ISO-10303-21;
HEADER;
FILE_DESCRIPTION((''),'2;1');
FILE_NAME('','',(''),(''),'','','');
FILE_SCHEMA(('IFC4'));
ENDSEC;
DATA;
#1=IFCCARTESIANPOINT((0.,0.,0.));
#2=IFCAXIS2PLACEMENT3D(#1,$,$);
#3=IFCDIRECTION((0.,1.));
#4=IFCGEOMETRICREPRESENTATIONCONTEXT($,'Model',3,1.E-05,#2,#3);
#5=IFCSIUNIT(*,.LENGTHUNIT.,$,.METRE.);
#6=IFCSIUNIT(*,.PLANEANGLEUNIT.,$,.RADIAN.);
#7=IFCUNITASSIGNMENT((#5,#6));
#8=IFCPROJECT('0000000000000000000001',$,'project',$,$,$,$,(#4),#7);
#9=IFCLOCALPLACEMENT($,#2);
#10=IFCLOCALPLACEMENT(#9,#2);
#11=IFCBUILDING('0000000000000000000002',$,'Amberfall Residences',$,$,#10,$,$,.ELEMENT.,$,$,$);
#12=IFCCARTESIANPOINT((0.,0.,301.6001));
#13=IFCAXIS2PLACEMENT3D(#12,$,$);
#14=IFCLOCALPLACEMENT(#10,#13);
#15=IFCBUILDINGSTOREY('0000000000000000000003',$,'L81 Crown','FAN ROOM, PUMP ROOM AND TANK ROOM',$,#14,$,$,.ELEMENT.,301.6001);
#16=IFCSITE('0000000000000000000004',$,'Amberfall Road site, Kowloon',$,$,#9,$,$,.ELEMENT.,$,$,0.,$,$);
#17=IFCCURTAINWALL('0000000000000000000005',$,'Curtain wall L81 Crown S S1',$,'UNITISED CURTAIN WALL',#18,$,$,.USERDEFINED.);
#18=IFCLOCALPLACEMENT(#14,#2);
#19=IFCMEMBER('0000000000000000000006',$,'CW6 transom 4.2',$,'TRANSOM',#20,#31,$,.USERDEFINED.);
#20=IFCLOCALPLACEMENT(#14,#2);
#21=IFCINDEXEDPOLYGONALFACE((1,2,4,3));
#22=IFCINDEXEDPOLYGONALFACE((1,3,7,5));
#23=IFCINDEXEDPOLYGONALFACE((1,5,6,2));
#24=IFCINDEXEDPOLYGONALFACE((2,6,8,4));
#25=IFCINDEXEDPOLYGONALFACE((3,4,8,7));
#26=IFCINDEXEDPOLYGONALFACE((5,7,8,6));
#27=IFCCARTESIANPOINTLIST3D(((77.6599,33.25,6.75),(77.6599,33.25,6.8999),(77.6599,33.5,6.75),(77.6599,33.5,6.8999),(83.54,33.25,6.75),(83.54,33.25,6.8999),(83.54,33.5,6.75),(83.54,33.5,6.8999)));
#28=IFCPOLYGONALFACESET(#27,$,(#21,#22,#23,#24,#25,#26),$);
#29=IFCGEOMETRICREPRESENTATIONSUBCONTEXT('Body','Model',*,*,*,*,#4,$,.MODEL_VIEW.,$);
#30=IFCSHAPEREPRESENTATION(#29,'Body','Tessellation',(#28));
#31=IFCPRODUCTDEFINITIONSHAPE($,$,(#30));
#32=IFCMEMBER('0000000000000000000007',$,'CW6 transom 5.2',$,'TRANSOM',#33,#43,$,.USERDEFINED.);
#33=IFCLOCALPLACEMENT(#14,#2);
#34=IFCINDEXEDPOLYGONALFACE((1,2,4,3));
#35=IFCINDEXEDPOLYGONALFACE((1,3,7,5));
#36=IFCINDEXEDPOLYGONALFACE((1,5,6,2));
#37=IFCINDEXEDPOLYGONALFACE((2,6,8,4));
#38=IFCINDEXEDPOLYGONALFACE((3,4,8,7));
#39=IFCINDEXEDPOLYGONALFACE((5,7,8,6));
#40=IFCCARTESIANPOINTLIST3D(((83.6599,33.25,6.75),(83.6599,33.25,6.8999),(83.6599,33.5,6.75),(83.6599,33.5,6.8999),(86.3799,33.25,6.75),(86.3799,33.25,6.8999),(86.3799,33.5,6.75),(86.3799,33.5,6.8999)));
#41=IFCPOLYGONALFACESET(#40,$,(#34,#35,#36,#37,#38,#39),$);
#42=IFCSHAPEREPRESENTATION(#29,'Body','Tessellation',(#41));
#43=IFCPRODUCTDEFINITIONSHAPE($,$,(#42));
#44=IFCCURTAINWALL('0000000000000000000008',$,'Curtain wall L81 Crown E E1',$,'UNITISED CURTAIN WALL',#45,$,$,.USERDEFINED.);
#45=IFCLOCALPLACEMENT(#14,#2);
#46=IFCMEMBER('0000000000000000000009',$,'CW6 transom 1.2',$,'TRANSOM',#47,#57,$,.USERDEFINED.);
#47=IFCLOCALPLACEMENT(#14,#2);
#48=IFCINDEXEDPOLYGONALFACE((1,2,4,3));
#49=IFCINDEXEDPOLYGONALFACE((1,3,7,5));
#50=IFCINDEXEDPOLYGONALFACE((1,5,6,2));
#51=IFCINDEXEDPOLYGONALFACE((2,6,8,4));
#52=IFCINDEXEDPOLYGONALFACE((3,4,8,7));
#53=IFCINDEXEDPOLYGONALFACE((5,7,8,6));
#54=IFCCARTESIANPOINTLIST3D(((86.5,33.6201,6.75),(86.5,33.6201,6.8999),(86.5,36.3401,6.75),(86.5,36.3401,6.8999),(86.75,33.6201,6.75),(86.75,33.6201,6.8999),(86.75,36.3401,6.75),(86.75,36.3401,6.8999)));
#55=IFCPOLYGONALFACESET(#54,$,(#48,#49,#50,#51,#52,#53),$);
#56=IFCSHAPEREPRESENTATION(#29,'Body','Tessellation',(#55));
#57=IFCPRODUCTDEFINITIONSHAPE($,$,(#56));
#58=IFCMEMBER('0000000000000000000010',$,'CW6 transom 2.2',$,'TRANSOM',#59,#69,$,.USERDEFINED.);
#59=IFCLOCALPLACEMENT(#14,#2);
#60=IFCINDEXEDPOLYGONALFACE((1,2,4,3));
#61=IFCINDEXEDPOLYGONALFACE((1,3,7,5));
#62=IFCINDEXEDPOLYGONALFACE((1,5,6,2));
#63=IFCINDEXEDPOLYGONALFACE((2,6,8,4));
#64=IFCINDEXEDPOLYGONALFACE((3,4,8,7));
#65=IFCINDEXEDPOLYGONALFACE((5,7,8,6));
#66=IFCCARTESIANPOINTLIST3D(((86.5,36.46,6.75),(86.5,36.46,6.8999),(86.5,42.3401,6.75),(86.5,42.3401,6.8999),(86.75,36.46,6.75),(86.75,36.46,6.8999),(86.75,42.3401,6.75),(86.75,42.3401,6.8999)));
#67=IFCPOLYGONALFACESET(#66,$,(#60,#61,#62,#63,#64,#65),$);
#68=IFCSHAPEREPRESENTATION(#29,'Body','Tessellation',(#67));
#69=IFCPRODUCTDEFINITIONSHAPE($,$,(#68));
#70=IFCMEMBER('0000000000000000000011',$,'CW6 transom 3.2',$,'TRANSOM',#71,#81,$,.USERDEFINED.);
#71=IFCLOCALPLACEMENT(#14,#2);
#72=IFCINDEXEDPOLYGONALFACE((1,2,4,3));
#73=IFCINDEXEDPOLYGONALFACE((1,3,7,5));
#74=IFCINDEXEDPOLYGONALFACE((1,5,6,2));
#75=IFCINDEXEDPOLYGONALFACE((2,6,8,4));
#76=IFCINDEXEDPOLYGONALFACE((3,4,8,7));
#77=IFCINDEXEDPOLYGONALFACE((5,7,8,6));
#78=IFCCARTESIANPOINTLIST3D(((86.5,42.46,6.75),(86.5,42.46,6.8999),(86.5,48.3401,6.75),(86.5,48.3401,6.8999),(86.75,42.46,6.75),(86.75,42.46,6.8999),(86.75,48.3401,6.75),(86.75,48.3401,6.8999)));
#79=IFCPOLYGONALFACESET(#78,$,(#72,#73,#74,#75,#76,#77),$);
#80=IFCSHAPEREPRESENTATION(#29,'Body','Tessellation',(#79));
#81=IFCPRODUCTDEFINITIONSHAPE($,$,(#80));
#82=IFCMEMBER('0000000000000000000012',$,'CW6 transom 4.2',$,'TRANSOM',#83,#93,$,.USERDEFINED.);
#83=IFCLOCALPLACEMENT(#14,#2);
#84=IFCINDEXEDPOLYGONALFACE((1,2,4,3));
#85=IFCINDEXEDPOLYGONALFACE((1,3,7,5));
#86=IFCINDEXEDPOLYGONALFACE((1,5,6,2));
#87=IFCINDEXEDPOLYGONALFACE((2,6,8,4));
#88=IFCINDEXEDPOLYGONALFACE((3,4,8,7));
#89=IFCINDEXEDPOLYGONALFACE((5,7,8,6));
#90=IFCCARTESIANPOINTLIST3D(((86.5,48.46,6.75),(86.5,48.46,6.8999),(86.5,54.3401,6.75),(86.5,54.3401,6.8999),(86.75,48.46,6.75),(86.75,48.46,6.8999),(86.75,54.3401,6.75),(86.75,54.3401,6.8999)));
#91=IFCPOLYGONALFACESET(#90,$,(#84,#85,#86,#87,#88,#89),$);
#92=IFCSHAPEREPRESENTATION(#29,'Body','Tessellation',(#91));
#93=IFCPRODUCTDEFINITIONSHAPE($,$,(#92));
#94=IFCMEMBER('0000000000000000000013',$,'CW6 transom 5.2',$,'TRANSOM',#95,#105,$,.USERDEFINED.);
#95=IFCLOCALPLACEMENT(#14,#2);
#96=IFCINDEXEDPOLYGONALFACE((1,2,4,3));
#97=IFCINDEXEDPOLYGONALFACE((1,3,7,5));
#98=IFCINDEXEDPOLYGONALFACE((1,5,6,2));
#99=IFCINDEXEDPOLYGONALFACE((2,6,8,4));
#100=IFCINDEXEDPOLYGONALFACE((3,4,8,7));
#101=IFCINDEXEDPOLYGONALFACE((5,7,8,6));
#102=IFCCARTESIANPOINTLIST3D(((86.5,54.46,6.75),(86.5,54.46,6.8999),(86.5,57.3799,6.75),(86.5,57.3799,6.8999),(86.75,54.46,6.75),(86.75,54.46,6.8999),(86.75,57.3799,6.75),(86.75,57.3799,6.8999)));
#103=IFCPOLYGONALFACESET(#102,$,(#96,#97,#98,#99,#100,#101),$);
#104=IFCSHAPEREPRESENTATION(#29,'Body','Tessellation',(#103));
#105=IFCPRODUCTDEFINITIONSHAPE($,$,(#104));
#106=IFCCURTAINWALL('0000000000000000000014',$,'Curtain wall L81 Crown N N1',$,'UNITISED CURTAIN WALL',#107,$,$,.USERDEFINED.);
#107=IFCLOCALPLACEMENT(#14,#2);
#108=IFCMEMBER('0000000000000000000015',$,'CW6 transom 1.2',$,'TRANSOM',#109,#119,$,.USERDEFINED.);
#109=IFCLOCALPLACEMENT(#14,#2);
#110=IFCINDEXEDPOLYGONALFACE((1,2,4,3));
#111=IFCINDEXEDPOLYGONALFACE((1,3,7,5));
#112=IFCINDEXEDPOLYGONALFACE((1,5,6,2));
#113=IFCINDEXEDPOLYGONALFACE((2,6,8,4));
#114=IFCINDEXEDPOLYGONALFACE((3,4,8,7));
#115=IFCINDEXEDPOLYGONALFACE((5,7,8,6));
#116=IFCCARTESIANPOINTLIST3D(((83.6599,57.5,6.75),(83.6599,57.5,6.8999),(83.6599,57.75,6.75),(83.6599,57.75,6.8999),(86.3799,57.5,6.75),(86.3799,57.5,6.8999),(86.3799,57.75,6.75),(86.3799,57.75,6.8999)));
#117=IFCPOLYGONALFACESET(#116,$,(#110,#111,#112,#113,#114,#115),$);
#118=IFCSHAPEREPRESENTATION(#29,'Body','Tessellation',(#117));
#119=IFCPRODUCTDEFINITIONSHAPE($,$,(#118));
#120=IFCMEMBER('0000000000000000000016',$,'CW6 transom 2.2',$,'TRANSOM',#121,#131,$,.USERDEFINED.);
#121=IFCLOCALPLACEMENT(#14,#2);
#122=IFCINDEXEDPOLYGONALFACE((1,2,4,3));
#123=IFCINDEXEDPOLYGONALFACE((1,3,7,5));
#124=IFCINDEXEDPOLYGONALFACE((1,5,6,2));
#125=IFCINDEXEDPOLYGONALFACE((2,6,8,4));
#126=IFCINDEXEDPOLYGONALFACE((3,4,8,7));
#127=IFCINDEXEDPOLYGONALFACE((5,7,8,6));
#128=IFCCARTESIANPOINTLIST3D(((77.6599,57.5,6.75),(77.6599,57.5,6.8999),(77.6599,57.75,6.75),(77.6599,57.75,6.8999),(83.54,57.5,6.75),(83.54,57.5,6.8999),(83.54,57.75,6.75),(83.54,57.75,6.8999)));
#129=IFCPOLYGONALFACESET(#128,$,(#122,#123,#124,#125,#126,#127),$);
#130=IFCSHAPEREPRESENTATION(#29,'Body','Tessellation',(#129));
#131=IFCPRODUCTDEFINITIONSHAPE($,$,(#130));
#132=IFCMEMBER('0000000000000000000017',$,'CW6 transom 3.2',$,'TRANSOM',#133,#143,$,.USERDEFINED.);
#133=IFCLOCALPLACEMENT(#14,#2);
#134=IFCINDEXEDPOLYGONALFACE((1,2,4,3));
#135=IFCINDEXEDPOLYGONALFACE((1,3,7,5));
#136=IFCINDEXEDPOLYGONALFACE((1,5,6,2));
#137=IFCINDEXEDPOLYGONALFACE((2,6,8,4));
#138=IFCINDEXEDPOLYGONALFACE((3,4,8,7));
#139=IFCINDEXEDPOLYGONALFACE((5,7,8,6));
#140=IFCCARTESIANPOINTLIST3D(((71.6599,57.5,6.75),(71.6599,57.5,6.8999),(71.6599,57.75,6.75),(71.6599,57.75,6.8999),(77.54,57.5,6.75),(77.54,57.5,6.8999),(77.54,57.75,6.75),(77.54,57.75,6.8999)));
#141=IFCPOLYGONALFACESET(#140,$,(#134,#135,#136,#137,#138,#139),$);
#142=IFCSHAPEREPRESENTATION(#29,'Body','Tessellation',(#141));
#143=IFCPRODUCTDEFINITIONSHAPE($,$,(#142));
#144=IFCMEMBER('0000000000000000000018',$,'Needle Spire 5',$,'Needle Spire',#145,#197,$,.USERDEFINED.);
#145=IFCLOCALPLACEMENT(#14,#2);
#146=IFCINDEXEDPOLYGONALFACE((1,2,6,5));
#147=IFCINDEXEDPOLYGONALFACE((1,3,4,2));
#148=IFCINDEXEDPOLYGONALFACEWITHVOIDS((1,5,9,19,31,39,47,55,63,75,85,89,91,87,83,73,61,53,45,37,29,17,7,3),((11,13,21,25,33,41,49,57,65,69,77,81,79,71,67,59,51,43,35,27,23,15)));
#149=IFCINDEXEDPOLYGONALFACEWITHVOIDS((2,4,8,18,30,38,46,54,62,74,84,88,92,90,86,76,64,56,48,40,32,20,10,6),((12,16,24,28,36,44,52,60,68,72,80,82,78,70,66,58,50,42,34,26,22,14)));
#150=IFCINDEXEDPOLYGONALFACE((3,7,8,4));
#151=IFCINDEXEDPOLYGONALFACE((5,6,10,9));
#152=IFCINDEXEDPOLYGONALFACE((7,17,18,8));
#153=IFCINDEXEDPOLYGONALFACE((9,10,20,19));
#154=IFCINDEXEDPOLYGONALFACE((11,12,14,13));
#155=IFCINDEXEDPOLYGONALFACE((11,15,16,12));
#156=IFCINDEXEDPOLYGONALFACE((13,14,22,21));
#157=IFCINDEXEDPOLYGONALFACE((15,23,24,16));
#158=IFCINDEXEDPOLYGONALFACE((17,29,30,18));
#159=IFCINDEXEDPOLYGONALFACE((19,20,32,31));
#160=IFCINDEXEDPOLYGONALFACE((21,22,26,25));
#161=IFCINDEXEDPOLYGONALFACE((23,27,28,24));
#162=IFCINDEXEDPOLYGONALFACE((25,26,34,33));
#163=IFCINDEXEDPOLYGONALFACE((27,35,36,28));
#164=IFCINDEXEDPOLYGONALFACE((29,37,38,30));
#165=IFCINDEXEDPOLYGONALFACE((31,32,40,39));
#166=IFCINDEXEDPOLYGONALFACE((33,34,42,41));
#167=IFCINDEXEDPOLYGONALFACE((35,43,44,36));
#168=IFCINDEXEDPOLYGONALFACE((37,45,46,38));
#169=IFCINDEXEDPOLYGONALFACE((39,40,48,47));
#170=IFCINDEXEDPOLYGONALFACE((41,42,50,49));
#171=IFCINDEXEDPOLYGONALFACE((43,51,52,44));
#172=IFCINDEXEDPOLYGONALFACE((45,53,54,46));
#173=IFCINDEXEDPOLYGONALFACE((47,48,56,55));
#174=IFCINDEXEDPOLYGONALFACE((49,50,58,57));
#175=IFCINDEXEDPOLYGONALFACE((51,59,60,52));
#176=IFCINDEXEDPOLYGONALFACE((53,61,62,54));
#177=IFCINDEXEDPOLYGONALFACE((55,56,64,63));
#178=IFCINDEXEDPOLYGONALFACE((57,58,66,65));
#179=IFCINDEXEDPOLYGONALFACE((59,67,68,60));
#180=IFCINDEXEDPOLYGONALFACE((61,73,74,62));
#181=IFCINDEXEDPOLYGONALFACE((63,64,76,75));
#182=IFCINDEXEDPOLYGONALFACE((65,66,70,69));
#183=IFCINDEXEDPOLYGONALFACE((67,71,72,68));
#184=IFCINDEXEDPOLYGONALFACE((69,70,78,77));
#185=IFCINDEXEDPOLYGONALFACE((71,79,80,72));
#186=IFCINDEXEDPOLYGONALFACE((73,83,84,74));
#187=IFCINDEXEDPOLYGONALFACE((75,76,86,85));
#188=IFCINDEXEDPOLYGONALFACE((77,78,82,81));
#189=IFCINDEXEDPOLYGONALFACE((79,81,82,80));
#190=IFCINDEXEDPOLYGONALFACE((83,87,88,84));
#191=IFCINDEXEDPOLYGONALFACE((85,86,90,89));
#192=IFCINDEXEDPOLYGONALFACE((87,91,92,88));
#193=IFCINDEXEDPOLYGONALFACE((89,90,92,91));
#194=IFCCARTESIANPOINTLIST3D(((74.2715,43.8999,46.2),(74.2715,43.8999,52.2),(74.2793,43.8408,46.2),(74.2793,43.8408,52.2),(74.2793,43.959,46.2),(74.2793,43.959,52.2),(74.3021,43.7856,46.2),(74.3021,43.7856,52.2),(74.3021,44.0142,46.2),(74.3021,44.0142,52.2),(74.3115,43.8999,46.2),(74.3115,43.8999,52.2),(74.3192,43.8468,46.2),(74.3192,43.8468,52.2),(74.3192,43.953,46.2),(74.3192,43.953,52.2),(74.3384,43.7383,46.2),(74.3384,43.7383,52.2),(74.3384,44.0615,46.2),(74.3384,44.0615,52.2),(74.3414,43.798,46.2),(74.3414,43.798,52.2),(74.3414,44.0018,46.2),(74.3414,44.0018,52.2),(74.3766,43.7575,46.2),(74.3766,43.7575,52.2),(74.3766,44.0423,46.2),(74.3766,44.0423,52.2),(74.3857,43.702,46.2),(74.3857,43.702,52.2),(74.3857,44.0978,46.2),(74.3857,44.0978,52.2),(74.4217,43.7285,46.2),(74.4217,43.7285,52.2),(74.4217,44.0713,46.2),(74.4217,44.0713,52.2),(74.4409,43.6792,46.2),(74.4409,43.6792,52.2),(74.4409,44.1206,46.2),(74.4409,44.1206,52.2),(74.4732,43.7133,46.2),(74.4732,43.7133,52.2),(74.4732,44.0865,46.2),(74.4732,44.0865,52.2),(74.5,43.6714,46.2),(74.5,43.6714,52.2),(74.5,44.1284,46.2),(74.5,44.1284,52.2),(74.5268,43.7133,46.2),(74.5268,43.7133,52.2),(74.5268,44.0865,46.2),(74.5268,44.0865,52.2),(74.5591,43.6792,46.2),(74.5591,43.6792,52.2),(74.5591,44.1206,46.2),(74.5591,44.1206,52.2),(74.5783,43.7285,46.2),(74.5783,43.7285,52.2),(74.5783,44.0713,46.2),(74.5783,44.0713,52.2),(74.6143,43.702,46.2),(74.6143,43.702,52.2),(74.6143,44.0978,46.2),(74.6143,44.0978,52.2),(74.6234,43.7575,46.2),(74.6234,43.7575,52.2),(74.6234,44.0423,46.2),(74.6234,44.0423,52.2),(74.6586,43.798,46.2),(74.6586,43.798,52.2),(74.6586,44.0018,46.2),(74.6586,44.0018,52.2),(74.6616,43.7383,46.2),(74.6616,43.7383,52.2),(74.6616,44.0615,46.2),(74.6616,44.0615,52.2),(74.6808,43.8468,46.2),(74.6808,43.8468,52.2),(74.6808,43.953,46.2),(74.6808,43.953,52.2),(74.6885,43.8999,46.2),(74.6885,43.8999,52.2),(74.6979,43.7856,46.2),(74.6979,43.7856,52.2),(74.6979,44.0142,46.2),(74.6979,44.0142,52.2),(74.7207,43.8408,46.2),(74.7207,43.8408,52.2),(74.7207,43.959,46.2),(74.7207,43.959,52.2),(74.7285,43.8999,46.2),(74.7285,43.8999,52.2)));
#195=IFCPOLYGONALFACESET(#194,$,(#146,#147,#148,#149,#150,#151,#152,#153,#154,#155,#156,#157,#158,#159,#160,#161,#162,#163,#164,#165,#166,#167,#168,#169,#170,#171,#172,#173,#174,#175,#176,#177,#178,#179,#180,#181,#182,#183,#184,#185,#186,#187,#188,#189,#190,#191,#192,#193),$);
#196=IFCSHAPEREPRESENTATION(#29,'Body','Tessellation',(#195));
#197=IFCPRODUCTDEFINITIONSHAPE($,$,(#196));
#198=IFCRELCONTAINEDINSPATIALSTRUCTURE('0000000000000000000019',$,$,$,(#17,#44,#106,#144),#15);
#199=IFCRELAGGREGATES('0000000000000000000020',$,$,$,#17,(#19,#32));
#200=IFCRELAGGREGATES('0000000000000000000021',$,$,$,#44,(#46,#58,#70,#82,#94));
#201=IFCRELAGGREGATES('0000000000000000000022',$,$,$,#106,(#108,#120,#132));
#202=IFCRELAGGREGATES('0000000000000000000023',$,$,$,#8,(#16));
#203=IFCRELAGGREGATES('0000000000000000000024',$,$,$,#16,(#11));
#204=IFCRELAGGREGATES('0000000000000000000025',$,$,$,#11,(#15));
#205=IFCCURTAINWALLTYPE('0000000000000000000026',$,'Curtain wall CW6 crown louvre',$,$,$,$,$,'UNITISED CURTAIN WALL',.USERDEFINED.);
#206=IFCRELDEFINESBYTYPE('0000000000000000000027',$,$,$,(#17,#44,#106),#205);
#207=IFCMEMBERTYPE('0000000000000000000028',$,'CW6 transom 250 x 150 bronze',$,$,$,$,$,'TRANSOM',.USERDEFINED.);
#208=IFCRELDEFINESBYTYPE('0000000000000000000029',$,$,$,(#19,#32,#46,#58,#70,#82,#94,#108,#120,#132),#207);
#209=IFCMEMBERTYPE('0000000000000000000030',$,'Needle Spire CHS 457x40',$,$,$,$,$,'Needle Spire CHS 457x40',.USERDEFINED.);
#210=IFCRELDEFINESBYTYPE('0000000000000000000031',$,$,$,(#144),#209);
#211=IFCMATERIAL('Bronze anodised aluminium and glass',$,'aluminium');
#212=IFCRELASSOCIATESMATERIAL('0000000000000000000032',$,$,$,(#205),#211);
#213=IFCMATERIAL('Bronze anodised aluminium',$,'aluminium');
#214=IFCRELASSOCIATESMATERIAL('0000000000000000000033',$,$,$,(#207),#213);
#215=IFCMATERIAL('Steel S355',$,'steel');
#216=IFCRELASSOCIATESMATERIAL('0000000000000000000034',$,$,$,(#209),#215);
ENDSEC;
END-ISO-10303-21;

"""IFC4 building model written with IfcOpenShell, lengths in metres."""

from ifc_helpers import new_model, si_unit, direction, frame, origin, origin_2d, place, context, subcontext, project, spatial, rectangle, hollow_circle, extrude, material, material_profile, profile_set, type_object, element, aggregate, save


model = new_model("IFC4")

# Units and contexts
model_context = context("Model", 3, precision=1e-05, world=origin(), true_north=direction((0.0, 1.0)))
body_context = subcontext(model_context, "Body", "Model", "MODEL_VIEW")
ifc_project = project(units=[si_unit("LENGTHUNIT", "METRE"), si_unit("PLANEANGLEUNIT", "RADIAN")], contexts=[model_context])

# Site, building, storey
site_placement = place(None, origin())
site = spatial("IfcSite", under=ifc_project, at=site_placement, Name="Amberfall Road site, Kowloon", CompositionType="ELEMENT", RefElevation=0.0)
building_placement = place(site_placement, origin())
building = spatial("IfcBuilding", under=site, at=building_placement, Name="Amberfall Residences", CompositionType="ELEMENT")
storey_placement = place(building_placement, frame((0.0, 0.0, 301.6001)))
storey = spatial("IfcBuildingStorey", under=building, at=storey_placement, Name="L81 Crown", Description="FAN ROOM, PUMP ROOM AND TANK ROOM", CompositionType="ELEMENT", Elevation=301.6001)

# Curtain walls, members
ifc_material_1 = material(Name="Bronze anodised aluminium and glass", Category="aluminium")
curtain_wall_type = type_object("IfcCurtainWallType", Name="Curtain wall CW6 crown louvre", ElementType="UNITISED CURTAIN WALL", PredefinedType="USERDEFINED", material=ifc_material_1)
curtain_wall_1_placement = place(storey_placement, origin())
curtain_wall_1 = element("IfcCurtainWall", 1, at=curtain_wall_1_placement, inside=storey, type_object=curtain_wall_type, Name="Curtain wall L81 Crown S S1", ObjectType="UNITISED CURTAIN WALL", PredefinedType="USERDEFINED")
ifc_material_2 = material(Name="Bronze anodised aluminium", Category="aluminium")
ifc_material_profile_1 = material_profile(ifc_material_2, rectangle(XDim=0.25, YDim=0.1499, at=origin_2d()), Name="CW6 transom 250 x 150 bronze")
ifc_profile_set_1 = profile_set([ifc_material_profile_1], Name="Bronze anodised aluminium")
member_type_1 = type_object("IfcMemberType", Name="CW6 transom 250 x 150 bronze", ElementType="TRANSOM", PredefinedType="USERDEFINED", material=ifc_profile_set_1)
member_1_placement = place(storey_placement, frame((77.6599, 33.375, 6.825), z_axis=(1.0, 0.0, 0.0), x_axis=(0.0, 1.0, 0.0)))
member_1 = element("IfcMember", 2, at=member_1_placement, type_object=member_type_1, Name="CW6 transom 4.2", ObjectType="TRANSOM", PredefinedType="USERDEFINED", context=body_context, shape_type="SweptSolid", body=[
    extrude(rectangle(XDim=0.25, YDim=0.1499, at=origin_2d()), origin(), (0.0, 0.0, 1.0), 5.8801),
])
member_2_placement = place(storey_placement, frame((83.6599, 33.375, 6.825), z_axis=(1.0, 0.0, 0.0), x_axis=(0.0, 1.0, 0.0)))
member_2 = element("IfcMember", 3, at=member_2_placement, type_object=member_type_1, Name="CW6 transom 5.2", ObjectType="TRANSOM", PredefinedType="USERDEFINED", context=body_context, shape_type="SweptSolid", body=[
    extrude(rectangle(XDim=0.25, YDim=0.1499, at=origin_2d()), origin(), (0.0, 0.0, 1.0), 2.72),
])
aggregate(curtain_wall_1, [member_1, member_2])
curtain_wall_2_placement = place(storey_placement, origin())
curtain_wall_2 = element("IfcCurtainWall", 4, at=curtain_wall_2_placement, inside=storey, type_object=curtain_wall_type, Name="Curtain wall L81 Crown E E1", ObjectType="UNITISED CURTAIN WALL", PredefinedType="USERDEFINED")
member_3_placement = place(storey_placement, frame((86.625, 33.6201, 6.825), z_axis=(0.0, 1.0, 0.0), x_axis=(-1.0, 0.0, 0.0)))
member_3 = element("IfcMember", 5, at=member_3_placement, type_object=member_type_1, Name="CW6 transom 1.2", ObjectType="TRANSOM", PredefinedType="USERDEFINED", context=body_context, shape_type="SweptSolid", body=[
    extrude(rectangle(XDim=0.25, YDim=0.1499, at=origin_2d()), origin(), (0.0, 0.0, 1.0), 2.72),
])
member_4_placement = place(storey_placement, frame((86.625, 36.46, 6.825), z_axis=(0.0, 1.0, 0.0), x_axis=(-1.0, 0.0, 0.0)))
member_4 = element("IfcMember", 6, at=member_4_placement, type_object=member_type_1, Name="CW6 transom 2.2", ObjectType="TRANSOM", PredefinedType="USERDEFINED", context=body_context, shape_type="SweptSolid", body=[
    extrude(rectangle(XDim=0.25, YDim=0.1499, at=origin_2d()), origin(), (0.0, 0.0, 1.0), 5.8801),
])
member_5_placement = place(storey_placement, frame((86.625, 42.46, 6.825), z_axis=(0.0, 1.0, 0.0), x_axis=(-1.0, 0.0, 0.0)))
member_5 = element("IfcMember", 7, at=member_5_placement, type_object=member_type_1, Name="CW6 transom 3.2", ObjectType="TRANSOM", PredefinedType="USERDEFINED", context=body_context, shape_type="SweptSolid", body=[
    extrude(rectangle(XDim=0.25, YDim=0.1499, at=origin_2d()), origin(), (0.0, 0.0, 1.0), 5.8801),
])
member_6_placement = place(storey_placement, frame((86.625, 48.46, 6.825), z_axis=(0.0, 1.0, 0.0), x_axis=(-1.0, 0.0, 0.0)))
member_6 = element("IfcMember", 8, at=member_6_placement, type_object=member_type_1, Name="CW6 transom 4.2", ObjectType="TRANSOM", PredefinedType="USERDEFINED", context=body_context, shape_type="SweptSolid", body=[
    extrude(rectangle(XDim=0.25, YDim=0.1499, at=origin_2d()), origin(), (0.0, 0.0, 1.0), 5.8801),
])
member_7_placement = place(storey_placement, frame((86.625, 54.46, 6.825), z_axis=(0.0, 1.0, 0.0), x_axis=(-1.0, 0.0, 0.0)))
member_7 = element("IfcMember", 9, at=member_7_placement, type_object=member_type_1, Name="CW6 transom 5.2", ObjectType="TRANSOM", PredefinedType="USERDEFINED", context=body_context, shape_type="SweptSolid", body=[
    extrude(rectangle(XDim=0.25, YDim=0.1499, at=origin_2d()), origin(), (0.0, 0.0, 1.0), 2.9199),
])
aggregate(curtain_wall_2, [member_3, member_4, member_5, member_6, member_7])
curtain_wall_3_placement = place(storey_placement, origin())
curtain_wall_3 = element("IfcCurtainWall", 10, at=curtain_wall_3_placement, inside=storey, type_object=curtain_wall_type, Name="Curtain wall L81 Crown N N1", ObjectType="UNITISED CURTAIN WALL", PredefinedType="USERDEFINED")
member_8_placement = place(storey_placement, frame((86.3799, 57.625, 6.825), z_axis=(-1.0, 0.0, 0.0), x_axis=(0.0, -1.0, 0.0)))
member_8 = element("IfcMember", 11, at=member_8_placement, type_object=member_type_1, Name="CW6 transom 1.2", ObjectType="TRANSOM", PredefinedType="USERDEFINED", context=body_context, shape_type="SweptSolid", body=[
    extrude(rectangle(XDim=0.25, YDim=0.1499, at=origin_2d()), origin(), (0.0, 0.0, 1.0), 2.72),
])
member_9_placement = place(storey_placement, frame((83.54, 57.625, 6.825), z_axis=(-1.0, 0.0, 0.0), x_axis=(0.0, -1.0, 0.0)))
member_9 = element("IfcMember", 12, at=member_9_placement, type_object=member_type_1, Name="CW6 transom 2.2", ObjectType="TRANSOM", PredefinedType="USERDEFINED", context=body_context, shape_type="SweptSolid", body=[
    extrude(rectangle(XDim=0.25, YDim=0.1499, at=origin_2d()), origin(), (0.0, 0.0, 1.0), 5.8801),
])
member_10_placement = place(storey_placement, frame((77.54, 57.625, 6.825), z_axis=(-1.0, 0.0, 0.0), x_axis=(0.0, -1.0, 0.0)))
member_10 = element("IfcMember", 13, at=member_10_placement, type_object=member_type_1, Name="CW6 transom 3.2", ObjectType="TRANSOM", PredefinedType="USERDEFINED", context=body_context, shape_type="SweptSolid", body=[
    extrude(rectangle(XDim=0.25, YDim=0.1499, at=origin_2d()), origin(), (0.0, 0.0, 1.0), 5.8801),
])
aggregate(curtain_wall_3, [member_8, member_9, member_10])

# Member
ifc_material_3 = material(Name="Steel S355", Category="steel")
ifc_material_profile_2 = material_profile(ifc_material_3, hollow_circle(Radius=0.2285, WallThickness=0.04, at=origin_2d()), Name="CHS 457x40")
ifc_profile_set_2 = profile_set([ifc_material_profile_2], Name="Steel S355")
member_type_2 = type_object("IfcMemberType", Name="Needle Spire CHS 457x40", ElementType="Needle Spire CHS 457x40", PredefinedType="USERDEFINED", material=ifc_profile_set_2)
member_11_placement = place(storey_placement, frame((74.5, 43.8999, 46.2), z_axis=(0.0, 0.0, 1.0), x_axis=(1.0, 0.0, 0.0)))
element("IfcMember", 14, at=member_11_placement, inside=storey, type_object=member_type_2, Name="Needle Spire 5", ObjectType="Needle Spire", PredefinedType="USERDEFINED", context=body_context, shape_type="SweptSolid", body=[
    extrude(hollow_circle(Radius=0.2285, WallThickness=0.04, at=origin_2d()), origin(), (0.0, 0.0, 1.0), 6.0),
])

save(model, "model.ifc")
